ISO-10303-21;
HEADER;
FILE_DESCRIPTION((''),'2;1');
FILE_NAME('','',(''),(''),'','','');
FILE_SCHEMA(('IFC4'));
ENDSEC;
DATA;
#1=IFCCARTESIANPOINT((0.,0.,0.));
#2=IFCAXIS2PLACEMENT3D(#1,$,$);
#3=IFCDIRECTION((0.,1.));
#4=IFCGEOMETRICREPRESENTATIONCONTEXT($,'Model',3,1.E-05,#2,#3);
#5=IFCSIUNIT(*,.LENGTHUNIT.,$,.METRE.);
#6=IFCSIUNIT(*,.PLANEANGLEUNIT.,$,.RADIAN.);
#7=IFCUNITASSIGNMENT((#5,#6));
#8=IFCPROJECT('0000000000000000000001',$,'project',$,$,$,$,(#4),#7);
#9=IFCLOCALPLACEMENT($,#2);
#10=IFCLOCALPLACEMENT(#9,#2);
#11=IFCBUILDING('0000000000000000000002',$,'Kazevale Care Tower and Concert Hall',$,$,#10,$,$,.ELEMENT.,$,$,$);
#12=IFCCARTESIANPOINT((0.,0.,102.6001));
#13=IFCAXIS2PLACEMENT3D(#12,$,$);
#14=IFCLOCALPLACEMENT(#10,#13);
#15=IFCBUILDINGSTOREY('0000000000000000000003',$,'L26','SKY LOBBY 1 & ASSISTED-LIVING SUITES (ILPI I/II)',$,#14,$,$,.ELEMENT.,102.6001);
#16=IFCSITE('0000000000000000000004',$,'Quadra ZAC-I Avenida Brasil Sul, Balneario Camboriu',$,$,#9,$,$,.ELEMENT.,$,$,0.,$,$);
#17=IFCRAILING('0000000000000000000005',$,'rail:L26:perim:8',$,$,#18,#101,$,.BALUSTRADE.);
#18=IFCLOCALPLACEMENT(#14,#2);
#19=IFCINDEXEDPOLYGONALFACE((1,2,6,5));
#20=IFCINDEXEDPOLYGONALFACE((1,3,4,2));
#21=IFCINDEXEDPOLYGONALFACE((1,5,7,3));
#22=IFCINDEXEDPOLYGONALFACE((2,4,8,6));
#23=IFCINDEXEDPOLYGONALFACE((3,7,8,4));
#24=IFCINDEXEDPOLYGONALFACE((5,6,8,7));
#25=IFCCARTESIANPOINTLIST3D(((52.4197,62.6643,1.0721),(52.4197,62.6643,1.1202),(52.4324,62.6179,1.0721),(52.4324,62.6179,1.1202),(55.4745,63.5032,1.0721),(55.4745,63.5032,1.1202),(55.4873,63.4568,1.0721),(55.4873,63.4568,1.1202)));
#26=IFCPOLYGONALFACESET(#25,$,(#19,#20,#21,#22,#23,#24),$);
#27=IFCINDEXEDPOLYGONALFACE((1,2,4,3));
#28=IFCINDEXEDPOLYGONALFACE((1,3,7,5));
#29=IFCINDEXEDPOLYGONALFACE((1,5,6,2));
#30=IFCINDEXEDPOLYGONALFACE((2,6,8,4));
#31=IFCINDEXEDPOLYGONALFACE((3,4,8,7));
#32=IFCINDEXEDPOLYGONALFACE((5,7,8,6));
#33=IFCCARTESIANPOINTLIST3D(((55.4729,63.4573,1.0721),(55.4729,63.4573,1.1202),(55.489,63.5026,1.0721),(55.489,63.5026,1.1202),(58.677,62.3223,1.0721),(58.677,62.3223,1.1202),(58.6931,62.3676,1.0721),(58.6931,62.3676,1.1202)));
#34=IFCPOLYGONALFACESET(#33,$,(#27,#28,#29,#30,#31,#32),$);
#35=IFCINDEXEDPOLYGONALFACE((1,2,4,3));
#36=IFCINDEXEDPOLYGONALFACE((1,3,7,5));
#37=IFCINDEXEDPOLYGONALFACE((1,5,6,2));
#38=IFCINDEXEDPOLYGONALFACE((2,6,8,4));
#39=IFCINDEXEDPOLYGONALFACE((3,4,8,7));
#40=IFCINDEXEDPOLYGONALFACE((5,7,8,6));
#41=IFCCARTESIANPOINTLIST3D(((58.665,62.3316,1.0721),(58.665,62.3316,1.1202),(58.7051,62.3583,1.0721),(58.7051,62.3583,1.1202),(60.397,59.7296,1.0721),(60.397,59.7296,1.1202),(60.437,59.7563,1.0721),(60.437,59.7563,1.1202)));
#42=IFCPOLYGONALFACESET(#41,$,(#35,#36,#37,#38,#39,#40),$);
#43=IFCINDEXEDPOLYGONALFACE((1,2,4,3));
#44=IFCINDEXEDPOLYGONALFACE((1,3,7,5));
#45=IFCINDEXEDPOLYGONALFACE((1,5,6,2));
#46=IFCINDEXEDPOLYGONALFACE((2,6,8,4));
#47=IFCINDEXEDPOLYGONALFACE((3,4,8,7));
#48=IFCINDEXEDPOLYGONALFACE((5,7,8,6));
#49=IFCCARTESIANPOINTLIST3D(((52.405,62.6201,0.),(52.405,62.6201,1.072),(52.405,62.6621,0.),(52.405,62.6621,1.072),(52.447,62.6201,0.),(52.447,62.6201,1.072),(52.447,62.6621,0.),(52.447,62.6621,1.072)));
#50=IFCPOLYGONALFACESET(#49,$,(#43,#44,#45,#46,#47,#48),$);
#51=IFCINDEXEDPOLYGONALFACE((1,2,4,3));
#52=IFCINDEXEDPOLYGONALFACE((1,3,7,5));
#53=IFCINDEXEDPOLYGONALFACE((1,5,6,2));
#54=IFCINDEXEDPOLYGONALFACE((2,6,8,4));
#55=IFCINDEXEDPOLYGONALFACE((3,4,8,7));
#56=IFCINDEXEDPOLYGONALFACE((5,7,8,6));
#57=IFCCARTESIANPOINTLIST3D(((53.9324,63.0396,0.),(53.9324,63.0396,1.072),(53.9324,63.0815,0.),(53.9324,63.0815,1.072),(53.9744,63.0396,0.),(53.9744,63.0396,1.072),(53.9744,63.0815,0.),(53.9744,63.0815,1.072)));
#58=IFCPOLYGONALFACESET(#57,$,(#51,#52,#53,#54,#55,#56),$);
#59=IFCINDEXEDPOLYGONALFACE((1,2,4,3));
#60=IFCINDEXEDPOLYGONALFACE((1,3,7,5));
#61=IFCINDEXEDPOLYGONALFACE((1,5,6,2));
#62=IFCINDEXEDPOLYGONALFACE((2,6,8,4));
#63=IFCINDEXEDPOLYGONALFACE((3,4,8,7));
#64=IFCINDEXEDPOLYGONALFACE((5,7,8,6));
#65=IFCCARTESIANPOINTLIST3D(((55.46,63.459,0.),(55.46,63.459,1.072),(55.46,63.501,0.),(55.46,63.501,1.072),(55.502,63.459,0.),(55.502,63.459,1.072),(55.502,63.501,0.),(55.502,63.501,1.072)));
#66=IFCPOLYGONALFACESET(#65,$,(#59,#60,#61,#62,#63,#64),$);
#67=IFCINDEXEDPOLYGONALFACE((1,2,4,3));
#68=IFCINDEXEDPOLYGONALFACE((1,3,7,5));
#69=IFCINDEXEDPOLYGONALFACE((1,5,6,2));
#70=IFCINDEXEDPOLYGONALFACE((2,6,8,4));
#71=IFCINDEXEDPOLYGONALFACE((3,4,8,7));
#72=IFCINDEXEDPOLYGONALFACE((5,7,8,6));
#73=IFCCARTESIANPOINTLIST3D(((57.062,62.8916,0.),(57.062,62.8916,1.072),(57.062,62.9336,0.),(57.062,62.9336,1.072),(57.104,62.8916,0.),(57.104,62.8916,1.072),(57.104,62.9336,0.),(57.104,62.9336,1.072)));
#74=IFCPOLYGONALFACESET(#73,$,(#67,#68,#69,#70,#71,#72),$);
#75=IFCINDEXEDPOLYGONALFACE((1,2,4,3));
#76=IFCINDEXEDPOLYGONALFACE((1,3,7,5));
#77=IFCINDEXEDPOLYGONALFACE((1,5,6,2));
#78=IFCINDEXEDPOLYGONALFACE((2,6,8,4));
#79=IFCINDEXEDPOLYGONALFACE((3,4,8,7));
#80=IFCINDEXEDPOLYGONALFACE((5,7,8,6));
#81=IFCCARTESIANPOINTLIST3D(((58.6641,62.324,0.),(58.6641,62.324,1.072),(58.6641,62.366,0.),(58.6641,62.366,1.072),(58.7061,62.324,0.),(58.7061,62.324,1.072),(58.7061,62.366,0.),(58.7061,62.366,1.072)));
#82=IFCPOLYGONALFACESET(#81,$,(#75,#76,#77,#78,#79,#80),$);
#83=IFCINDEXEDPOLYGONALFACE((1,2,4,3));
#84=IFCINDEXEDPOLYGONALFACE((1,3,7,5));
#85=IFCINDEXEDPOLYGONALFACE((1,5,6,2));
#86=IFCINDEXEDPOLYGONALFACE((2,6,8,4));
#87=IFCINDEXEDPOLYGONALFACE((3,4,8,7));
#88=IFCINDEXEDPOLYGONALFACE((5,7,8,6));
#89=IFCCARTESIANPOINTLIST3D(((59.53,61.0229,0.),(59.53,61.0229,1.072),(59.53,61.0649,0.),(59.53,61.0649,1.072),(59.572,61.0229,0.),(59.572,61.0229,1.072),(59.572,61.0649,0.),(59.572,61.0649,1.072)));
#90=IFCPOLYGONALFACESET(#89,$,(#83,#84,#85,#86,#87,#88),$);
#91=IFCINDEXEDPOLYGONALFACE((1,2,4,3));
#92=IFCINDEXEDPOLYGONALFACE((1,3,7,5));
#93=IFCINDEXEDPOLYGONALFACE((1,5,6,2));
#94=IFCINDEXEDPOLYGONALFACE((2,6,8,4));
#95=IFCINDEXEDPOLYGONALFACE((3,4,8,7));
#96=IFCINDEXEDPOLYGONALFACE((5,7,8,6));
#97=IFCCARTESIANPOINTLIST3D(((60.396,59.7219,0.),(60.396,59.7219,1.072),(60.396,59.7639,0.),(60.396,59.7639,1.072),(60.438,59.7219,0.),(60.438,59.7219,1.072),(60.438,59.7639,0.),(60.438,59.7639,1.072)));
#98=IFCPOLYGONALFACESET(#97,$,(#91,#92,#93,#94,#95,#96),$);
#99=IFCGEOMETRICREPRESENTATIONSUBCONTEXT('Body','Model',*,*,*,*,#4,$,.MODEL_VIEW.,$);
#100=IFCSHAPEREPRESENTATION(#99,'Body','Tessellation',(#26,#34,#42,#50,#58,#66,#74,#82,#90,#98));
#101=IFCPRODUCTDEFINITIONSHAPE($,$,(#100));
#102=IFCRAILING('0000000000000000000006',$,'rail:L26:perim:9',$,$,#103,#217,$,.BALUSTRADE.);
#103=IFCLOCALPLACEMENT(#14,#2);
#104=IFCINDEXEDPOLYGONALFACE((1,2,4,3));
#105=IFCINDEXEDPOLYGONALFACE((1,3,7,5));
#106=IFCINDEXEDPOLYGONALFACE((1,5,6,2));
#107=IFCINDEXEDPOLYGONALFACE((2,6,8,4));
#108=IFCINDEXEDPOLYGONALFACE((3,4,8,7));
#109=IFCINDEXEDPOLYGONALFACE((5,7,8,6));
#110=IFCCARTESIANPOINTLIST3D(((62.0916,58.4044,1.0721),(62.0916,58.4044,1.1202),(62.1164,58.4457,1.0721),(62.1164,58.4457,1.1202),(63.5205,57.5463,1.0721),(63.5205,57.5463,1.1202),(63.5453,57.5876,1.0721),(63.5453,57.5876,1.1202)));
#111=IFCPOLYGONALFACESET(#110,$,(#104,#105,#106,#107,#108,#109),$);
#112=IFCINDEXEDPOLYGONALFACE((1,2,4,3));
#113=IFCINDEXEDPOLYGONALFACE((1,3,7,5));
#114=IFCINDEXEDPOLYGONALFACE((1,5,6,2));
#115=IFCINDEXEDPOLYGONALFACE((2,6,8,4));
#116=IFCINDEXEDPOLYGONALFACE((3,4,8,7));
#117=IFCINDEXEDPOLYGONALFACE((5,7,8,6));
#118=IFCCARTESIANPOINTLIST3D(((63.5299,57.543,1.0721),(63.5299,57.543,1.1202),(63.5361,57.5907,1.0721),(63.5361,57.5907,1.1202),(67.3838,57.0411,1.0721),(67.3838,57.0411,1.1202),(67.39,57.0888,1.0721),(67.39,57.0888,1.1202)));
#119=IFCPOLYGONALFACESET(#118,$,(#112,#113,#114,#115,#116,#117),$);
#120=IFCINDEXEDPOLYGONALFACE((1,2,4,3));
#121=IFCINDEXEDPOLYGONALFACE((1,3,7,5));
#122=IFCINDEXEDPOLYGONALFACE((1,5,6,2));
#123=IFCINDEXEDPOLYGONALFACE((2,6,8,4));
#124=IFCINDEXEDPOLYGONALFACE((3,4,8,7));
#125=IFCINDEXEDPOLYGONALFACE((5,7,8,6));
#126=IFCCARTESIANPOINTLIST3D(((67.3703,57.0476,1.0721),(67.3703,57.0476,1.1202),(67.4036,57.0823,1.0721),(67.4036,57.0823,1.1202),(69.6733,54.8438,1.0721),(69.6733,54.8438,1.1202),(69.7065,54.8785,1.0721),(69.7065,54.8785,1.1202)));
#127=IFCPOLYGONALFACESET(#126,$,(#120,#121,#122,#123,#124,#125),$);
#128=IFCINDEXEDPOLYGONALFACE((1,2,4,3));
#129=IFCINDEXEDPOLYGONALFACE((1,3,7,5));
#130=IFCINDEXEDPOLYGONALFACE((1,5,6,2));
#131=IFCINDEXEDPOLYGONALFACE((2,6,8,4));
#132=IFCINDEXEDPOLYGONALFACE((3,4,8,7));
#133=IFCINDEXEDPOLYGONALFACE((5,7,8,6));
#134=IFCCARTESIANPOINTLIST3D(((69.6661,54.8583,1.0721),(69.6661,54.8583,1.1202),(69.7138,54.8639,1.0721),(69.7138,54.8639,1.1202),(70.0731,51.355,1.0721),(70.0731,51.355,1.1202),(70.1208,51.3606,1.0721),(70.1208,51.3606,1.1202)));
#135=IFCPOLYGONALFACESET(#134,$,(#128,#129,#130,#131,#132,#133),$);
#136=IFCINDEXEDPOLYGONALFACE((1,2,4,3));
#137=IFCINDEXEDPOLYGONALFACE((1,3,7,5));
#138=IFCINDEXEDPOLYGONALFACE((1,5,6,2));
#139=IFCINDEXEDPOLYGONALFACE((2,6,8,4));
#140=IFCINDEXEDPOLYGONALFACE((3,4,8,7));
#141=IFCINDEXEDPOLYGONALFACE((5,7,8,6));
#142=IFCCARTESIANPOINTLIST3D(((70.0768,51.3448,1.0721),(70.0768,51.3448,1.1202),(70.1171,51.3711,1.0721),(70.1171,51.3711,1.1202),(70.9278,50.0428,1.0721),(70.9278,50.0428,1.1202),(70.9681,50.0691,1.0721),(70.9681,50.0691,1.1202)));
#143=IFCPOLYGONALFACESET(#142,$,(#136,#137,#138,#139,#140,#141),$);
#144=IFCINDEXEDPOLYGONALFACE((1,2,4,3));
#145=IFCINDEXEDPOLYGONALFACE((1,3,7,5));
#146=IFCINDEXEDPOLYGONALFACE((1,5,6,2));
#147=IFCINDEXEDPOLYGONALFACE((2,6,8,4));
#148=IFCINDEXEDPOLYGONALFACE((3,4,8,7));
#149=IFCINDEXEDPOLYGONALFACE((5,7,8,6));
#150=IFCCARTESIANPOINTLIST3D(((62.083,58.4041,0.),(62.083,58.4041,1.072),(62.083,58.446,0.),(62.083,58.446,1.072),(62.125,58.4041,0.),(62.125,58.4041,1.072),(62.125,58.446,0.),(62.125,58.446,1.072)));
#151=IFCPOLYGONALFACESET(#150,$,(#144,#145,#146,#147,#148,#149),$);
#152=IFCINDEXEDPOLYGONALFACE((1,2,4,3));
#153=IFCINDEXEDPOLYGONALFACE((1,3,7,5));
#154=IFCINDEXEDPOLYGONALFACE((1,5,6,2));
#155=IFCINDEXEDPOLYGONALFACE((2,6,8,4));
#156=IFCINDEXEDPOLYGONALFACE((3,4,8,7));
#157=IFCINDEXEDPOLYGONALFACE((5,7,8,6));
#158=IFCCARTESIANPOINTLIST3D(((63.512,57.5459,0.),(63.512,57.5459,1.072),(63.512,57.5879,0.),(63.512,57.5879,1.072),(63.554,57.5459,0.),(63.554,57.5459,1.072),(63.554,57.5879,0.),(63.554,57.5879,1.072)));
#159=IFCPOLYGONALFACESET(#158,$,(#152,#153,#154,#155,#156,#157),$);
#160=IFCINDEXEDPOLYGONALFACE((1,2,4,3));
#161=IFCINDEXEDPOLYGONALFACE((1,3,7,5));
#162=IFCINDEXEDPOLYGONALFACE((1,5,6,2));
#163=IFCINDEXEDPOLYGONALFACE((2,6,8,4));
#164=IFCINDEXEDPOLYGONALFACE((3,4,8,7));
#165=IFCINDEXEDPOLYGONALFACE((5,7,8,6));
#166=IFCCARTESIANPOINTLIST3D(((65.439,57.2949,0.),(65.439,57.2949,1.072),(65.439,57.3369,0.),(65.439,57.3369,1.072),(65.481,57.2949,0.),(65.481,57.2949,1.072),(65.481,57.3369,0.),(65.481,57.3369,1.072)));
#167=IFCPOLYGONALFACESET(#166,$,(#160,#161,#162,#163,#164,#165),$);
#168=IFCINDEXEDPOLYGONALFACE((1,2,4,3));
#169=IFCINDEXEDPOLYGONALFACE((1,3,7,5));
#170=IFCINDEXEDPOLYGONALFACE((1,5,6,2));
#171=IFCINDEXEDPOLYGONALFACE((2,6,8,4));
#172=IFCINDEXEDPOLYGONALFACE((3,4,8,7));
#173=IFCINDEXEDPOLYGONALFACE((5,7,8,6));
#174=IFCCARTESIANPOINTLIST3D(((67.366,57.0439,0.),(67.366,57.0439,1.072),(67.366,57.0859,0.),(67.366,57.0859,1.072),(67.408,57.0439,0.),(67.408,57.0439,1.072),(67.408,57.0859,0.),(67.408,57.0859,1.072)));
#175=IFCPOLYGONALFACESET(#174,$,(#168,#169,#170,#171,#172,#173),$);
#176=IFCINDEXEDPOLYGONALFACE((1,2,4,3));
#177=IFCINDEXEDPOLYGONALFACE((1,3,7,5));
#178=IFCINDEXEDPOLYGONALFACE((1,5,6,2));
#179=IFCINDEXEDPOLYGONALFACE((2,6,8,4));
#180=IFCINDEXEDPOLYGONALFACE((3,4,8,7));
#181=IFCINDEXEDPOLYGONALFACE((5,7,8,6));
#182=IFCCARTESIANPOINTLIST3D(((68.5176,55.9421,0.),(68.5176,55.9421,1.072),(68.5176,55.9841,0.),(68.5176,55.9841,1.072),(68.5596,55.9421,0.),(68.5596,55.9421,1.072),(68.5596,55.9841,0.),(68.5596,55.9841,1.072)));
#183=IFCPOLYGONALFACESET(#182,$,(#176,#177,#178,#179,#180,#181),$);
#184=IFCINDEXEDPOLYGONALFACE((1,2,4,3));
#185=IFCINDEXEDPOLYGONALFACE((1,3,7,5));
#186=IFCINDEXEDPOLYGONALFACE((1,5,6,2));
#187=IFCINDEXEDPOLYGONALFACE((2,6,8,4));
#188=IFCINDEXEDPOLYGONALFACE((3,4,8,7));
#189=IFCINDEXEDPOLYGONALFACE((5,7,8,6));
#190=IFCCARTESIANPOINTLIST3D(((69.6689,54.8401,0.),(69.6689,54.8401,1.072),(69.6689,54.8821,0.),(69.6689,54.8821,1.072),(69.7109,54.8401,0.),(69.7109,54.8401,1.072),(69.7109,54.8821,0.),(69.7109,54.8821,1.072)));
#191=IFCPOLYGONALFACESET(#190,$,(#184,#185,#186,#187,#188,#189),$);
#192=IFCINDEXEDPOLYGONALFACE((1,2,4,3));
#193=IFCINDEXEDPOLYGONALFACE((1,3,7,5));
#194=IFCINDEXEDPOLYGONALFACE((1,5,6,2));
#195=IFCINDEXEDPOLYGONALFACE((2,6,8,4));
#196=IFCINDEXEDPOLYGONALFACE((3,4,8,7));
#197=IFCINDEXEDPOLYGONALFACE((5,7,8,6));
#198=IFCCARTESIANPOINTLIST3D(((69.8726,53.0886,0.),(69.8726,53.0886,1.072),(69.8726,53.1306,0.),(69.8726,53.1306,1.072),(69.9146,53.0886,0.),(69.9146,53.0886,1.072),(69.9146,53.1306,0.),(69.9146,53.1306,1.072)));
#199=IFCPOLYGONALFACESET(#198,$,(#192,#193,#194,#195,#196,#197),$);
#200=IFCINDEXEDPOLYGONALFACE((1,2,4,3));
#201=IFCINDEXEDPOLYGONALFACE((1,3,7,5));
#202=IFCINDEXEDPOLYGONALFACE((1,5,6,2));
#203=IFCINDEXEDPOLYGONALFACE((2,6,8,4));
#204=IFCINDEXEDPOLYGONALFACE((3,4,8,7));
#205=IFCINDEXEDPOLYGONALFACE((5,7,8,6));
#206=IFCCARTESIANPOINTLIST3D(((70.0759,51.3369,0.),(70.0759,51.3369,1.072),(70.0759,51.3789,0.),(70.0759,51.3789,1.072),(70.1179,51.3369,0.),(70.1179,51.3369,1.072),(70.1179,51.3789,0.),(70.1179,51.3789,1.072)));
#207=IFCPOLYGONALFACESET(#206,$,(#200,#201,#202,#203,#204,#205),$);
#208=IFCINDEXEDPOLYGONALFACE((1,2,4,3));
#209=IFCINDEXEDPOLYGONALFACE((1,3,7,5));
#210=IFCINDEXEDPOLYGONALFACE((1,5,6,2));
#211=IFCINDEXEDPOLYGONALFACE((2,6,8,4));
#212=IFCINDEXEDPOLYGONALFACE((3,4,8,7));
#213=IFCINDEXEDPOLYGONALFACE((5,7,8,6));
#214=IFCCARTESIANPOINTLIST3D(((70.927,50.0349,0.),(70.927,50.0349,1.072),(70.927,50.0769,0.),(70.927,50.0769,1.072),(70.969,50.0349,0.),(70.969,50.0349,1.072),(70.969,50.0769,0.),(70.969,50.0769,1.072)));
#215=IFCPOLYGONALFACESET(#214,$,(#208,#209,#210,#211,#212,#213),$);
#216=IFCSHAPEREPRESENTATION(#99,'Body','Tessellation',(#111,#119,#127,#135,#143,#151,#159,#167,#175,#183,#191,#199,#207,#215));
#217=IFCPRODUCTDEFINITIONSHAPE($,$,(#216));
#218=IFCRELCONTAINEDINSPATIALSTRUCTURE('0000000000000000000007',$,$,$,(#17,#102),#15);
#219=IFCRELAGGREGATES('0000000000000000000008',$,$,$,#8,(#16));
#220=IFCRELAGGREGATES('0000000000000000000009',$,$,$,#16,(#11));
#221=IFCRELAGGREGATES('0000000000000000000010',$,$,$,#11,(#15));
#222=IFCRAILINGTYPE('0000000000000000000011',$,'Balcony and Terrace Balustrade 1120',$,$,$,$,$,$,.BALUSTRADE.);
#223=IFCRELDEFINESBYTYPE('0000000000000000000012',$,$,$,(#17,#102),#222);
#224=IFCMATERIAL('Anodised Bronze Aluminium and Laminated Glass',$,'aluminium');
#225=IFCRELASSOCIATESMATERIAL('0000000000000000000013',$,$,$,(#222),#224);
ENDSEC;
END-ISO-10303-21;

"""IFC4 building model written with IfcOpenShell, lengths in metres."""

from ifc_helpers import new_model, si_unit, direction, frame, origin, origin_2d, place, context, subcontext, project, spatial, rectangle, extrude, material, type_object, element, save


model = new_model("IFC4")

# Units and contexts
model_context = context("Model", 3, precision=1e-05, world=origin(), true_north=direction((0.0, 1.0)))
body_context = subcontext(model_context, "Body", "Model", "MODEL_VIEW")
ifc_project = project(units=[si_unit("LENGTHUNIT", "METRE"), si_unit("PLANEANGLEUNIT", "RADIAN")], contexts=[model_context])

# Site, building, storey
site_placement = place(None, origin())
site = spatial("IfcSite", under=ifc_project, at=site_placement, Name="Quadra ZAC-I Avenida Brasil Sul, Balneario Camboriu", CompositionType="ELEMENT", RefElevation=0.0)
building_placement = place(site_placement, origin())
building = spatial("IfcBuilding", under=site, at=building_placement, Name="Kazevale Care Tower and Concert Hall", CompositionType="ELEMENT")
storey_placement = place(building_placement, frame((0.0, 0.0, 102.6001)))
storey = spatial("IfcBuildingStorey", under=building, at=storey_placement, Name="L26", Description="SKY LOBBY 1 & ASSISTED-LIVING SUITES (ILPI I/II)", CompositionType="ELEMENT", Elevation=102.6001)

# Railings
ifc_material_1 = material(Name="Anodised Bronze Aluminium and Laminated Glass", Category="aluminium")
railing_type = type_object("IfcRailingType", Name="Balcony and Terrace Balustrade 1120", PredefinedType="BALUSTRADE", material=ifc_material_1)
railing_1_placement = place(storey_placement, frame((52.426, 62.6411, 0.0)))
element("IfcRailing", 1, at=railing_1_placement, inside=storey, type_object=railing_type, Name="rail:L26:perim:8", PredefinedType="BALUSTRADE", context=body_context, shape_type="SweptSolid", body=[
    extrude(rectangle(XDim=0.0481, YDim=0.0481, at=origin_2d()), frame((0.0, 0.0, 1.0962), z_axis=(0.964305, 0.264793, 0.0), x_axis=(-0.264793, 0.964305, 0.0)), (0.0, 0.0, 1.0), 3.168),
    extrude(rectangle(XDim=0.0481, YDim=0.0481, at=origin_2d()), frame((3.0549, 0.8389, 1.0962), z_axis=(0.942607, -0.333906, 0.0), x_axis=(0.333906, 0.942607, 0.0)), (0.0, 0.0, 1.0), 3.3992),
    extrude(rectangle(XDim=0.0481, YDim=0.0481, at=origin_2d()), frame((6.259, -0.2961, 1.0962), z_axis=(0.554087, -0.832459, 0.0), x_axis=(0.832459, 0.554087, 0.0)), (0.0, 0.0, 1.0), 3.1257),
    extrude(rectangle(XDim=0.042, YDim=0.042, at=origin_2d()), origin(), (0.0, 0.0, 1.0), 1.072),
    extrude(rectangle(XDim=0.042, YDim=0.042, at=origin_2d()), frame((1.5273, 0.4194, 0.0)), (0.0, 0.0, 1.0), 1.072),
    extrude(rectangle(XDim=0.042, YDim=0.042, at=origin_2d()), frame((3.0549, 0.8389, 0.0)), (0.0, 0.0, 1.0), 1.072),
    extrude(rectangle(XDim=0.042, YDim=0.042, at=origin_2d()), frame((4.657, 0.2715, 0.0)), (0.0, 0.0, 1.0), 1.072),
    extrude(rectangle(XDim=0.042, YDim=0.042, at=origin_2d()), frame((6.259, -0.2961, 0.0)), (0.0, 0.0, 1.0), 1.072),
    extrude(rectangle(XDim=0.042, YDim=0.042, at=origin_2d()), frame((7.125, -1.5972, 0.0)), (0.0, 0.0, 1.0), 1.072),
    extrude(rectangle(XDim=0.042, YDim=0.042, at=origin_2d()), frame((7.991, -2.8982, 0.0)), (0.0, 0.0, 1.0), 1.072),
])
railing_2_placement = place(storey_placement, frame((62.104, 58.425, 0.0)))
element("IfcRailing", 2, at=railing_2_placement, inside=storey, type_object=railing_type, Name="rail:L26:perim:9", PredefinedType="BALUSTRADE", context=body_context, shape_type="SweptSolid", body=[
    extrude(rectangle(XDim=0.0481, YDim=0.0481, at=origin_2d()), frame((0.0, 0.0, 1.0962), z_axis=(0.857286, -0.51484, 0.0), x_axis=(0.51484, 0.857286, 0.0)), (0.0, 0.0, 1.0), 1.6667),
    extrude(rectangle(XDim=0.0481, YDim=0.0481, at=origin_2d()), frame((1.429, -0.8582, 1.0962), z_axis=(0.991625, -0.129151, 0.0), x_axis=(0.129151, 0.991625, 0.0)), (0.0, 0.0, 1.0), 3.8865),
    extrude(rectangle(XDim=0.0481, YDim=0.0481, at=origin_2d()), frame((5.283, -1.3601, 1.0962), z_axis=(0.722484, -0.691388, 0.0), x_axis=(0.691388, 0.722484, 0.0)), (0.0, 0.0, 1.0), 3.1875),
    extrude(rectangle(XDim=0.0481, YDim=0.0481, at=origin_2d()), frame((7.5859, -3.564, 1.0962), z_axis=(0.115399, -0.993319, 0.0), x_axis=(0.993319, 0.115399, 0.0)), (0.0, 0.0, 1.0), 3.5269),
    extrude(rectangle(XDim=0.0481, YDim=0.0481, at=origin_2d()), frame((7.9929, -7.0671, 1.0962), z_axis=(0.547144, -0.837039, 0.0), x_axis=(0.837039, 0.547144, 0.0)), (0.0, 0.0, 1.0), 1.5554),
    extrude(rectangle(XDim=0.042, YDim=0.042, at=origin_2d()), origin(), (0.0, 0.0, 1.0), 1.072),
    extrude(rectangle(XDim=0.042, YDim=0.042, at=origin_2d()), frame((1.429, -0.8582, 0.0)), (0.0, 0.0, 1.0), 1.072),
    extrude(rectangle(XDim=0.042, YDim=0.042, at=origin_2d()), frame((3.356, -1.1091, 0.0)), (0.0, 0.0, 1.0), 1.072),
    extrude(rectangle(XDim=0.042, YDim=0.042, at=origin_2d()), frame((5.283, -1.3601, 0.0)), (0.0, 0.0, 1.0), 1.072),
    extrude(rectangle(XDim=0.042, YDim=0.042, at=origin_2d()), frame((6.4346, -2.4619, 0.0)), (0.0, 0.0, 1.0), 1.072),
    extrude(rectangle(XDim=0.042, YDim=0.042, at=origin_2d()), frame((7.5859, -3.564, 0.0)), (0.0, 0.0, 1.0), 1.072),
    extrude(rectangle(XDim=0.042, YDim=0.042, at=origin_2d()), frame((7.7896, -5.3154, 0.0)), (0.0, 0.0, 1.0), 1.072),
    extrude(rectangle(XDim=0.042, YDim=0.042, at=origin_2d()), frame((7.9929, -7.0671, 0.0)), (0.0, 0.0, 1.0), 1.072),
    extrude(rectangle(XDim=0.042, YDim=0.042, at=origin_2d()), frame((8.844, -8.3691, 0.0)), (0.0, 0.0, 1.0), 1.072),
])

save(model, "model.ifc")
